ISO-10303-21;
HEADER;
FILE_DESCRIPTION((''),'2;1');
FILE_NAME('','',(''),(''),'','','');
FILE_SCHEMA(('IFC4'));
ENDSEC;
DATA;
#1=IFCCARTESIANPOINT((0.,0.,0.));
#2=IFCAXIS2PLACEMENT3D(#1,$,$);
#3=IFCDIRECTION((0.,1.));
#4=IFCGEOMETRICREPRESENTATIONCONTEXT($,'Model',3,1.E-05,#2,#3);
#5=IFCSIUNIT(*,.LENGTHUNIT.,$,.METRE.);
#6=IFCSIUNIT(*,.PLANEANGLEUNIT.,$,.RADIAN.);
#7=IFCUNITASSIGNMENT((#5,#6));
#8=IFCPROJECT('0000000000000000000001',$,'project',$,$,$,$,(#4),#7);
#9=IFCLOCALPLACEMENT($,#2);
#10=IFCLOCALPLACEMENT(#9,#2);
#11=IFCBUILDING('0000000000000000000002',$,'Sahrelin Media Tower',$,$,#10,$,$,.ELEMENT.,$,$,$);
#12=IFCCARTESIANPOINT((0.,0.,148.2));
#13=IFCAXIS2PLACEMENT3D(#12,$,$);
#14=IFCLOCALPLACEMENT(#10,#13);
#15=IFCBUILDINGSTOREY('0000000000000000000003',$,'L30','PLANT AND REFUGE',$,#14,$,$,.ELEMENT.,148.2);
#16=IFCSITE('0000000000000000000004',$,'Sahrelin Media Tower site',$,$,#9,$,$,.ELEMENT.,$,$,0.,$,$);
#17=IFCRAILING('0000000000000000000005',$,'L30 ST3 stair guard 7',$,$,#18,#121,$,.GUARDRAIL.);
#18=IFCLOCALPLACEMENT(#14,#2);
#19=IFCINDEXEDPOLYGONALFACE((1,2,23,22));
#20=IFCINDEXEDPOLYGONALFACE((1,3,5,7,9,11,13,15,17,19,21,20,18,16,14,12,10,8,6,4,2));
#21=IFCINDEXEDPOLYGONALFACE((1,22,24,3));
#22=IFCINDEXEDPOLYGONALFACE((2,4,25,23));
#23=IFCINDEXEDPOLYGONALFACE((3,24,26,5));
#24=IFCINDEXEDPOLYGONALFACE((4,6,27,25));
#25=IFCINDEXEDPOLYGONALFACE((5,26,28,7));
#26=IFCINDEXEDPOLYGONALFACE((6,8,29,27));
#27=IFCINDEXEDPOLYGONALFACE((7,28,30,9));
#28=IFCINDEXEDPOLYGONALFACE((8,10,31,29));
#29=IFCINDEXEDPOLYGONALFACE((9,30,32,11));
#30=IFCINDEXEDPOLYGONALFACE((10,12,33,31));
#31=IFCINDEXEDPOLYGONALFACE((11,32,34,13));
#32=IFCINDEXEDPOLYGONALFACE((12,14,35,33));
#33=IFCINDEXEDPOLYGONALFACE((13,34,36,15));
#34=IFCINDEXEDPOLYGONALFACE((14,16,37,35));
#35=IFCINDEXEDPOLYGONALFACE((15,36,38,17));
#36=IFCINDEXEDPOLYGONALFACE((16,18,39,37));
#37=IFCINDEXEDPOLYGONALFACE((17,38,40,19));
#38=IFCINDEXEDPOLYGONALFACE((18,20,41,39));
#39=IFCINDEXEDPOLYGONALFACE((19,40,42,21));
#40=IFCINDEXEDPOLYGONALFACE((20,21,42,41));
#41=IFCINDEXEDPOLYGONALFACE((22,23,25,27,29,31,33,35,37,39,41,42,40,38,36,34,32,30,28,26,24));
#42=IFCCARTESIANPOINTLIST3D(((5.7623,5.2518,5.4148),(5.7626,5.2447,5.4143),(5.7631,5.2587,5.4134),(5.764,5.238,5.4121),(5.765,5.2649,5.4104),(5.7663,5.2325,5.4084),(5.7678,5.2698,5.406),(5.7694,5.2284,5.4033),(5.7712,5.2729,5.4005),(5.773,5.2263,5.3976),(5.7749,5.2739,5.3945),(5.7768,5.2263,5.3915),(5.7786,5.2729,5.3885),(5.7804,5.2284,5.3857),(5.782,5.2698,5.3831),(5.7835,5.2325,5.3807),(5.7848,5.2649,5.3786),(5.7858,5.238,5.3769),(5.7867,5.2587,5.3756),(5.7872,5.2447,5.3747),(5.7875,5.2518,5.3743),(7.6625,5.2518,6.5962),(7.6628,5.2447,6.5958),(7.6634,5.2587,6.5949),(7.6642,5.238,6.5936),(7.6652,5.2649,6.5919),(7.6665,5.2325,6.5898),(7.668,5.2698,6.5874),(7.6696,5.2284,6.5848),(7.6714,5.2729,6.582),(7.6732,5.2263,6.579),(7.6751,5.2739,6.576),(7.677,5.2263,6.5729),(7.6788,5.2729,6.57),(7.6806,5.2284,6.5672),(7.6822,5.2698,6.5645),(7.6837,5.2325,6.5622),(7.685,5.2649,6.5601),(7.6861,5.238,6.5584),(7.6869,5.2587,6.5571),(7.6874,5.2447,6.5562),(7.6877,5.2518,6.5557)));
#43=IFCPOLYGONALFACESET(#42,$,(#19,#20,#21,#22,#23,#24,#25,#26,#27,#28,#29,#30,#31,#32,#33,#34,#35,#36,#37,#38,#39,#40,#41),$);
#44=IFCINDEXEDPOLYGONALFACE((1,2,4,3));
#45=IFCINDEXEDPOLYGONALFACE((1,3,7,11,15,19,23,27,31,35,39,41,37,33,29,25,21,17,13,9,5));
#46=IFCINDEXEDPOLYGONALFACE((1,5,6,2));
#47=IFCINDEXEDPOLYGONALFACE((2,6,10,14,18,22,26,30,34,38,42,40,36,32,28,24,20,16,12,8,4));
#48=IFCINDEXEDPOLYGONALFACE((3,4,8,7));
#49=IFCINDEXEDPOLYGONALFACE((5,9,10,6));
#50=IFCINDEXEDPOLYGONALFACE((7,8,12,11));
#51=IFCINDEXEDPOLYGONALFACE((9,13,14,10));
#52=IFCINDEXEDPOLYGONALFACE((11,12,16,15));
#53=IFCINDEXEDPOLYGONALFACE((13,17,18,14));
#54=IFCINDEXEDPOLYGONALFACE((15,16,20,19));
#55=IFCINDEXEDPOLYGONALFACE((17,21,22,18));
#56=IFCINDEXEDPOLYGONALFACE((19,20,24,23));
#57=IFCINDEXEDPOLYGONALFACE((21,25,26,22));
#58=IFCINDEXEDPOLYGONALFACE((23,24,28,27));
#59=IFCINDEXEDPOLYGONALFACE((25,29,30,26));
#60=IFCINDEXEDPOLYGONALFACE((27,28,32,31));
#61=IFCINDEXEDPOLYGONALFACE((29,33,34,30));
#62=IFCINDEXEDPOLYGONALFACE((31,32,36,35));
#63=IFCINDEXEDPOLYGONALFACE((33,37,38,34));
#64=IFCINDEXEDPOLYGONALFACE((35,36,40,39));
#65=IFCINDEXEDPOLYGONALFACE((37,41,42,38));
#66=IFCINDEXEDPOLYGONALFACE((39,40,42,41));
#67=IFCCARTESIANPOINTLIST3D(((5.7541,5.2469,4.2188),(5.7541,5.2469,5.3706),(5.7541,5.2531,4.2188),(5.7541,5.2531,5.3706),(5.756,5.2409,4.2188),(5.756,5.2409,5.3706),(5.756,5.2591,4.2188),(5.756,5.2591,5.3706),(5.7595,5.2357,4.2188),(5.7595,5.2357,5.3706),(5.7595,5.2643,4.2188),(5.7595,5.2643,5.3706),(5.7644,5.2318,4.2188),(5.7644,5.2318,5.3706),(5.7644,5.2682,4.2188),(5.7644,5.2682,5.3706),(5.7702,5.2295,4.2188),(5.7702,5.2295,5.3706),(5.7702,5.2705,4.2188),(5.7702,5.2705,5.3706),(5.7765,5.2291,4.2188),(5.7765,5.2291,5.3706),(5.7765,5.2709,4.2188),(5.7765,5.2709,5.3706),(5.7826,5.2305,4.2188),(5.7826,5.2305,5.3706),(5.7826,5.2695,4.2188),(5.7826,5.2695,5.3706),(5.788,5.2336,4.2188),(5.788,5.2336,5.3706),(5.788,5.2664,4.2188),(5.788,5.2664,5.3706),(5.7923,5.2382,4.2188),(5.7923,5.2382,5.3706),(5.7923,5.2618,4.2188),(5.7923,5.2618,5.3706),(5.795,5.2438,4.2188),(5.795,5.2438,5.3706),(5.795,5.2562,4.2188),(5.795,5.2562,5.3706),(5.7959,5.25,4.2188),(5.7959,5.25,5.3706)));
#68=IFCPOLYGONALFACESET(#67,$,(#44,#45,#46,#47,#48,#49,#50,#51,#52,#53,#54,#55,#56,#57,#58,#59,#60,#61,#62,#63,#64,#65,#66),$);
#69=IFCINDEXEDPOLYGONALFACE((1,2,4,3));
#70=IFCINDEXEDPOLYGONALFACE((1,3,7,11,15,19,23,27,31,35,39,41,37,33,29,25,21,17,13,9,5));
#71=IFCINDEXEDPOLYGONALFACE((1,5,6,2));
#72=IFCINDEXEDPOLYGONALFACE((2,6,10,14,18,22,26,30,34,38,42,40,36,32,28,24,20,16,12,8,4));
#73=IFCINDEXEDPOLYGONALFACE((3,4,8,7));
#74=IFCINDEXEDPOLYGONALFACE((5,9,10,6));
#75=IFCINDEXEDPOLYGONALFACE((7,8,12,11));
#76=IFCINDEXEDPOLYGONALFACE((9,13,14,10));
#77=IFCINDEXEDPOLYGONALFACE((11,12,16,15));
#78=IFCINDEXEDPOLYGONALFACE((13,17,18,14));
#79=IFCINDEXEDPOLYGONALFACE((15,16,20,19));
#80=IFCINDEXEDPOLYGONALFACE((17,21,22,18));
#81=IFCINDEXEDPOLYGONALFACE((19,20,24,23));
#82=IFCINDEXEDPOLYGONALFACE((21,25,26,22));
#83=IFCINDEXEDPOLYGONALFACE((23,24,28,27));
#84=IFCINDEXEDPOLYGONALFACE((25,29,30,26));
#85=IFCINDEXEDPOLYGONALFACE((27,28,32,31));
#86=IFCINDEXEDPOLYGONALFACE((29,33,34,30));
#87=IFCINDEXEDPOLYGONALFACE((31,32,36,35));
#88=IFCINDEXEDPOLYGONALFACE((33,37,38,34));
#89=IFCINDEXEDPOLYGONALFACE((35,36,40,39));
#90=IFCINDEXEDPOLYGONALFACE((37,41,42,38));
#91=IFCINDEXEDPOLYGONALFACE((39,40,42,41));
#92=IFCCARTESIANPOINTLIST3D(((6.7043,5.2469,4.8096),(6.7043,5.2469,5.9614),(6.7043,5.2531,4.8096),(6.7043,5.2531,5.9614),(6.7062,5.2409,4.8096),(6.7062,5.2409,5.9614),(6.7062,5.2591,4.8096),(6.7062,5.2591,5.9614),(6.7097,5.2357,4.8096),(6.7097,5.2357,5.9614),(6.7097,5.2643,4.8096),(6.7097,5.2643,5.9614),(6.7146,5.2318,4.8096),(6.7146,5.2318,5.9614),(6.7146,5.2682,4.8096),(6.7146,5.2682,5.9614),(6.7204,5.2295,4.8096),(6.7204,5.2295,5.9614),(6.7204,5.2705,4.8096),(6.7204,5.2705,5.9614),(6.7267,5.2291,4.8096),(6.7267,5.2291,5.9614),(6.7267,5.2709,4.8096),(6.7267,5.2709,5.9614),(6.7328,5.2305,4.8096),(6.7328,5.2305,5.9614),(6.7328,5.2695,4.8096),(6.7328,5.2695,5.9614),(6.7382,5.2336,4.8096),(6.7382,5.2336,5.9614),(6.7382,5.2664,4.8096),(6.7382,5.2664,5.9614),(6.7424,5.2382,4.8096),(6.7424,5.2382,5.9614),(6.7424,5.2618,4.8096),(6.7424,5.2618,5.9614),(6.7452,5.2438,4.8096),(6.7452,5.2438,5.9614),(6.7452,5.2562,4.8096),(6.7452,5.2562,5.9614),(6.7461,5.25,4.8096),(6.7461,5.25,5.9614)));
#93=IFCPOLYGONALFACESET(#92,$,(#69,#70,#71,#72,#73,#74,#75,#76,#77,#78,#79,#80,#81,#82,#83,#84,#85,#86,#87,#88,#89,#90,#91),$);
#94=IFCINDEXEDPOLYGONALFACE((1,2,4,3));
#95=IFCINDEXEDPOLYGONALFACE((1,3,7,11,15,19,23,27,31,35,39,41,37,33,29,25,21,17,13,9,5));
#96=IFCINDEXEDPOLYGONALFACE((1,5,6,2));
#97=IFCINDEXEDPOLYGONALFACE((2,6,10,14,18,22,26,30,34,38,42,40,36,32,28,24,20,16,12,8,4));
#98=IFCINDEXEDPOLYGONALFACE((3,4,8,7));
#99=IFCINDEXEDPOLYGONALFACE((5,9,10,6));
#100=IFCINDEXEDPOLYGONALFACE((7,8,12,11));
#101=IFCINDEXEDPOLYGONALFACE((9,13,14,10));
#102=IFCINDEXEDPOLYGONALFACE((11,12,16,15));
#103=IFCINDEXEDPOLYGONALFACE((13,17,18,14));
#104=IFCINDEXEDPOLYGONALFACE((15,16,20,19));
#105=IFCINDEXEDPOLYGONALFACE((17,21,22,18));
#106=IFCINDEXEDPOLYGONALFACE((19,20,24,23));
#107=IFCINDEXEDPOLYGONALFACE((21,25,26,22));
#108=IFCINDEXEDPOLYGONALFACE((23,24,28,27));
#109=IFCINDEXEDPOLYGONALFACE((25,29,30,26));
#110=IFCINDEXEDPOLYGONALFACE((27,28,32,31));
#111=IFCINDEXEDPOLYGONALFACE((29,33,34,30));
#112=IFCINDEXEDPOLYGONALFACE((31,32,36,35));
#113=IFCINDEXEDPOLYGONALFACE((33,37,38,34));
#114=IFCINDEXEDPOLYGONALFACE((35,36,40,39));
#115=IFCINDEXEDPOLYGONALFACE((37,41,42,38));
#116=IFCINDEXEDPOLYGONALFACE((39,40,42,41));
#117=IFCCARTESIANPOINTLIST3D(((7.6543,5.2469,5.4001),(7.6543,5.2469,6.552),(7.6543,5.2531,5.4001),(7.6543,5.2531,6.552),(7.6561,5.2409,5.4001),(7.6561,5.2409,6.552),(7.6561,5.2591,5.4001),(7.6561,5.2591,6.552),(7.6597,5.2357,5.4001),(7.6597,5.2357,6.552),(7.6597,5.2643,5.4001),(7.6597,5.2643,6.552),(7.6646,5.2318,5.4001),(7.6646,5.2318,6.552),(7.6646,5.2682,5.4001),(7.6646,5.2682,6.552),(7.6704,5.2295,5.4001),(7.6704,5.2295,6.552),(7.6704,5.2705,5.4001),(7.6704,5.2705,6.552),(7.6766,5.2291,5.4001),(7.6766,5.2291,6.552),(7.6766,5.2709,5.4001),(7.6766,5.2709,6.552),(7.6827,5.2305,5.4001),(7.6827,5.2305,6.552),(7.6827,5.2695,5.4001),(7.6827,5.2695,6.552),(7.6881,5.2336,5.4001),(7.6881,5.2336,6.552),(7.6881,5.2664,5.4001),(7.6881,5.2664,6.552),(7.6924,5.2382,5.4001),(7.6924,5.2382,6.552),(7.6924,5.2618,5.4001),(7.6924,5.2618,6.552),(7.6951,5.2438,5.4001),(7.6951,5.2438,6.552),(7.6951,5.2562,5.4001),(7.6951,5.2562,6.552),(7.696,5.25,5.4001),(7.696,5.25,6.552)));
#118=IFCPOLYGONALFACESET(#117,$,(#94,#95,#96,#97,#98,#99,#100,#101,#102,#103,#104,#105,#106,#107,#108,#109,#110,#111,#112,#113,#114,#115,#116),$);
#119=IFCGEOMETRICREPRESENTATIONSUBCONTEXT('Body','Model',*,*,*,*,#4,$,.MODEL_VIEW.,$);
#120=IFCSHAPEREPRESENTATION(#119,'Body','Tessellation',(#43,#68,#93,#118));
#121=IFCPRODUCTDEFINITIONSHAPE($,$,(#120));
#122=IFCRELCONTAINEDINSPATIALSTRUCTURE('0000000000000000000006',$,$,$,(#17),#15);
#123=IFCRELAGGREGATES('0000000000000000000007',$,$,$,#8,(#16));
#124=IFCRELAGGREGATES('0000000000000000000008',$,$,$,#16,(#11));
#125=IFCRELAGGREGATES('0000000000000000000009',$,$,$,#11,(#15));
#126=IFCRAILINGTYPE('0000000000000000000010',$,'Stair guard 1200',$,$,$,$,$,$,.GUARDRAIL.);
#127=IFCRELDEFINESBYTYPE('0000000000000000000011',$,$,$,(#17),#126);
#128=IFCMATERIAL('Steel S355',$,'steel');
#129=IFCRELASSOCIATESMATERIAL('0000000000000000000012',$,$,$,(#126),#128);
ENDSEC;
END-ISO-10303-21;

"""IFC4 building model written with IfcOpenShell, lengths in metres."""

from ifc_helpers import new_model, si_unit, direction, frame, origin, origin_2d, place, context, subcontext, project, spatial, circle, extrude, material, type_object, element, save


model = new_model("IFC4")

# Units and contexts
model_context = context("Model", 3, precision=1e-05, world=origin(), true_north=direction((0.0, 1.0)))
body_context = subcontext(model_context, "Body", "Model", "MODEL_VIEW")
ifc_project = project(units=[si_unit("LENGTHUNIT", "METRE"), si_unit("PLANEANGLEUNIT", "RADIAN")], contexts=[model_context])

# Site, building, storey
site_placement = place(None, origin())
site = spatial("IfcSite", under=ifc_project, at=site_placement, Name="Sahrelin Media Tower site", CompositionType="ELEMENT", RefElevation=0.0)
building_placement = place(site_placement, origin())
building = spatial("IfcBuilding", under=site, at=building_placement, Name="Sahrelin Media Tower", CompositionType="ELEMENT")
storey_placement = place(building_placement, frame((0.0, 0.0, 148.2)))
storey = spatial("IfcBuildingStorey", under=building, at=storey_placement, Name="L30", Description="PLANT AND REFUGE", CompositionType="ELEMENT", Elevation=148.2)

# Shared definitions
ifc_material_1 = material(Name="Steel S355", Category="steel")

# Railing
railing_type_1 = type_object("IfcRailingType", Name="Stair guard 1200", PredefinedType="GUARDRAIL", material=ifc_material_1)
railing_1_placement = place(storey_placement, frame((5.7749, 5.25, 4.2188)))
element("IfcRailing", 1, at=railing_1_placement, inside=storey, type_object=railing_type_1, Name="L30 ST3 stair guard 7", PredefinedType="GUARDRAIL", context=body_context, shape_type="SweptSolid", body=[
    extrude(circle(Radius=0.0239, at=origin_2d()), frame((0.0, 0.0, 1.1758), z_axis=(0.84924, 0.0, 0.528006), x_axis=(0.0, 1.0, 0.0)), (0.0, 0.0, 1.0), 2.2375),
    extrude(circle(Radius=0.021, at=origin_2d()), origin(), (0.0, 0.0, 1.0), 1.1519),
    extrude(circle(Radius=0.021, at=origin_2d()), frame((0.9502, 0.0, 0.5908)), (0.0, 0.0, 1.0), 1.1519),
    extrude(circle(Radius=0.021, at=origin_2d()), frame((1.9001, 0.0, 1.1814)), (0.0, 0.0, 1.0), 1.1519),
])

save(model, "model.ifc")
